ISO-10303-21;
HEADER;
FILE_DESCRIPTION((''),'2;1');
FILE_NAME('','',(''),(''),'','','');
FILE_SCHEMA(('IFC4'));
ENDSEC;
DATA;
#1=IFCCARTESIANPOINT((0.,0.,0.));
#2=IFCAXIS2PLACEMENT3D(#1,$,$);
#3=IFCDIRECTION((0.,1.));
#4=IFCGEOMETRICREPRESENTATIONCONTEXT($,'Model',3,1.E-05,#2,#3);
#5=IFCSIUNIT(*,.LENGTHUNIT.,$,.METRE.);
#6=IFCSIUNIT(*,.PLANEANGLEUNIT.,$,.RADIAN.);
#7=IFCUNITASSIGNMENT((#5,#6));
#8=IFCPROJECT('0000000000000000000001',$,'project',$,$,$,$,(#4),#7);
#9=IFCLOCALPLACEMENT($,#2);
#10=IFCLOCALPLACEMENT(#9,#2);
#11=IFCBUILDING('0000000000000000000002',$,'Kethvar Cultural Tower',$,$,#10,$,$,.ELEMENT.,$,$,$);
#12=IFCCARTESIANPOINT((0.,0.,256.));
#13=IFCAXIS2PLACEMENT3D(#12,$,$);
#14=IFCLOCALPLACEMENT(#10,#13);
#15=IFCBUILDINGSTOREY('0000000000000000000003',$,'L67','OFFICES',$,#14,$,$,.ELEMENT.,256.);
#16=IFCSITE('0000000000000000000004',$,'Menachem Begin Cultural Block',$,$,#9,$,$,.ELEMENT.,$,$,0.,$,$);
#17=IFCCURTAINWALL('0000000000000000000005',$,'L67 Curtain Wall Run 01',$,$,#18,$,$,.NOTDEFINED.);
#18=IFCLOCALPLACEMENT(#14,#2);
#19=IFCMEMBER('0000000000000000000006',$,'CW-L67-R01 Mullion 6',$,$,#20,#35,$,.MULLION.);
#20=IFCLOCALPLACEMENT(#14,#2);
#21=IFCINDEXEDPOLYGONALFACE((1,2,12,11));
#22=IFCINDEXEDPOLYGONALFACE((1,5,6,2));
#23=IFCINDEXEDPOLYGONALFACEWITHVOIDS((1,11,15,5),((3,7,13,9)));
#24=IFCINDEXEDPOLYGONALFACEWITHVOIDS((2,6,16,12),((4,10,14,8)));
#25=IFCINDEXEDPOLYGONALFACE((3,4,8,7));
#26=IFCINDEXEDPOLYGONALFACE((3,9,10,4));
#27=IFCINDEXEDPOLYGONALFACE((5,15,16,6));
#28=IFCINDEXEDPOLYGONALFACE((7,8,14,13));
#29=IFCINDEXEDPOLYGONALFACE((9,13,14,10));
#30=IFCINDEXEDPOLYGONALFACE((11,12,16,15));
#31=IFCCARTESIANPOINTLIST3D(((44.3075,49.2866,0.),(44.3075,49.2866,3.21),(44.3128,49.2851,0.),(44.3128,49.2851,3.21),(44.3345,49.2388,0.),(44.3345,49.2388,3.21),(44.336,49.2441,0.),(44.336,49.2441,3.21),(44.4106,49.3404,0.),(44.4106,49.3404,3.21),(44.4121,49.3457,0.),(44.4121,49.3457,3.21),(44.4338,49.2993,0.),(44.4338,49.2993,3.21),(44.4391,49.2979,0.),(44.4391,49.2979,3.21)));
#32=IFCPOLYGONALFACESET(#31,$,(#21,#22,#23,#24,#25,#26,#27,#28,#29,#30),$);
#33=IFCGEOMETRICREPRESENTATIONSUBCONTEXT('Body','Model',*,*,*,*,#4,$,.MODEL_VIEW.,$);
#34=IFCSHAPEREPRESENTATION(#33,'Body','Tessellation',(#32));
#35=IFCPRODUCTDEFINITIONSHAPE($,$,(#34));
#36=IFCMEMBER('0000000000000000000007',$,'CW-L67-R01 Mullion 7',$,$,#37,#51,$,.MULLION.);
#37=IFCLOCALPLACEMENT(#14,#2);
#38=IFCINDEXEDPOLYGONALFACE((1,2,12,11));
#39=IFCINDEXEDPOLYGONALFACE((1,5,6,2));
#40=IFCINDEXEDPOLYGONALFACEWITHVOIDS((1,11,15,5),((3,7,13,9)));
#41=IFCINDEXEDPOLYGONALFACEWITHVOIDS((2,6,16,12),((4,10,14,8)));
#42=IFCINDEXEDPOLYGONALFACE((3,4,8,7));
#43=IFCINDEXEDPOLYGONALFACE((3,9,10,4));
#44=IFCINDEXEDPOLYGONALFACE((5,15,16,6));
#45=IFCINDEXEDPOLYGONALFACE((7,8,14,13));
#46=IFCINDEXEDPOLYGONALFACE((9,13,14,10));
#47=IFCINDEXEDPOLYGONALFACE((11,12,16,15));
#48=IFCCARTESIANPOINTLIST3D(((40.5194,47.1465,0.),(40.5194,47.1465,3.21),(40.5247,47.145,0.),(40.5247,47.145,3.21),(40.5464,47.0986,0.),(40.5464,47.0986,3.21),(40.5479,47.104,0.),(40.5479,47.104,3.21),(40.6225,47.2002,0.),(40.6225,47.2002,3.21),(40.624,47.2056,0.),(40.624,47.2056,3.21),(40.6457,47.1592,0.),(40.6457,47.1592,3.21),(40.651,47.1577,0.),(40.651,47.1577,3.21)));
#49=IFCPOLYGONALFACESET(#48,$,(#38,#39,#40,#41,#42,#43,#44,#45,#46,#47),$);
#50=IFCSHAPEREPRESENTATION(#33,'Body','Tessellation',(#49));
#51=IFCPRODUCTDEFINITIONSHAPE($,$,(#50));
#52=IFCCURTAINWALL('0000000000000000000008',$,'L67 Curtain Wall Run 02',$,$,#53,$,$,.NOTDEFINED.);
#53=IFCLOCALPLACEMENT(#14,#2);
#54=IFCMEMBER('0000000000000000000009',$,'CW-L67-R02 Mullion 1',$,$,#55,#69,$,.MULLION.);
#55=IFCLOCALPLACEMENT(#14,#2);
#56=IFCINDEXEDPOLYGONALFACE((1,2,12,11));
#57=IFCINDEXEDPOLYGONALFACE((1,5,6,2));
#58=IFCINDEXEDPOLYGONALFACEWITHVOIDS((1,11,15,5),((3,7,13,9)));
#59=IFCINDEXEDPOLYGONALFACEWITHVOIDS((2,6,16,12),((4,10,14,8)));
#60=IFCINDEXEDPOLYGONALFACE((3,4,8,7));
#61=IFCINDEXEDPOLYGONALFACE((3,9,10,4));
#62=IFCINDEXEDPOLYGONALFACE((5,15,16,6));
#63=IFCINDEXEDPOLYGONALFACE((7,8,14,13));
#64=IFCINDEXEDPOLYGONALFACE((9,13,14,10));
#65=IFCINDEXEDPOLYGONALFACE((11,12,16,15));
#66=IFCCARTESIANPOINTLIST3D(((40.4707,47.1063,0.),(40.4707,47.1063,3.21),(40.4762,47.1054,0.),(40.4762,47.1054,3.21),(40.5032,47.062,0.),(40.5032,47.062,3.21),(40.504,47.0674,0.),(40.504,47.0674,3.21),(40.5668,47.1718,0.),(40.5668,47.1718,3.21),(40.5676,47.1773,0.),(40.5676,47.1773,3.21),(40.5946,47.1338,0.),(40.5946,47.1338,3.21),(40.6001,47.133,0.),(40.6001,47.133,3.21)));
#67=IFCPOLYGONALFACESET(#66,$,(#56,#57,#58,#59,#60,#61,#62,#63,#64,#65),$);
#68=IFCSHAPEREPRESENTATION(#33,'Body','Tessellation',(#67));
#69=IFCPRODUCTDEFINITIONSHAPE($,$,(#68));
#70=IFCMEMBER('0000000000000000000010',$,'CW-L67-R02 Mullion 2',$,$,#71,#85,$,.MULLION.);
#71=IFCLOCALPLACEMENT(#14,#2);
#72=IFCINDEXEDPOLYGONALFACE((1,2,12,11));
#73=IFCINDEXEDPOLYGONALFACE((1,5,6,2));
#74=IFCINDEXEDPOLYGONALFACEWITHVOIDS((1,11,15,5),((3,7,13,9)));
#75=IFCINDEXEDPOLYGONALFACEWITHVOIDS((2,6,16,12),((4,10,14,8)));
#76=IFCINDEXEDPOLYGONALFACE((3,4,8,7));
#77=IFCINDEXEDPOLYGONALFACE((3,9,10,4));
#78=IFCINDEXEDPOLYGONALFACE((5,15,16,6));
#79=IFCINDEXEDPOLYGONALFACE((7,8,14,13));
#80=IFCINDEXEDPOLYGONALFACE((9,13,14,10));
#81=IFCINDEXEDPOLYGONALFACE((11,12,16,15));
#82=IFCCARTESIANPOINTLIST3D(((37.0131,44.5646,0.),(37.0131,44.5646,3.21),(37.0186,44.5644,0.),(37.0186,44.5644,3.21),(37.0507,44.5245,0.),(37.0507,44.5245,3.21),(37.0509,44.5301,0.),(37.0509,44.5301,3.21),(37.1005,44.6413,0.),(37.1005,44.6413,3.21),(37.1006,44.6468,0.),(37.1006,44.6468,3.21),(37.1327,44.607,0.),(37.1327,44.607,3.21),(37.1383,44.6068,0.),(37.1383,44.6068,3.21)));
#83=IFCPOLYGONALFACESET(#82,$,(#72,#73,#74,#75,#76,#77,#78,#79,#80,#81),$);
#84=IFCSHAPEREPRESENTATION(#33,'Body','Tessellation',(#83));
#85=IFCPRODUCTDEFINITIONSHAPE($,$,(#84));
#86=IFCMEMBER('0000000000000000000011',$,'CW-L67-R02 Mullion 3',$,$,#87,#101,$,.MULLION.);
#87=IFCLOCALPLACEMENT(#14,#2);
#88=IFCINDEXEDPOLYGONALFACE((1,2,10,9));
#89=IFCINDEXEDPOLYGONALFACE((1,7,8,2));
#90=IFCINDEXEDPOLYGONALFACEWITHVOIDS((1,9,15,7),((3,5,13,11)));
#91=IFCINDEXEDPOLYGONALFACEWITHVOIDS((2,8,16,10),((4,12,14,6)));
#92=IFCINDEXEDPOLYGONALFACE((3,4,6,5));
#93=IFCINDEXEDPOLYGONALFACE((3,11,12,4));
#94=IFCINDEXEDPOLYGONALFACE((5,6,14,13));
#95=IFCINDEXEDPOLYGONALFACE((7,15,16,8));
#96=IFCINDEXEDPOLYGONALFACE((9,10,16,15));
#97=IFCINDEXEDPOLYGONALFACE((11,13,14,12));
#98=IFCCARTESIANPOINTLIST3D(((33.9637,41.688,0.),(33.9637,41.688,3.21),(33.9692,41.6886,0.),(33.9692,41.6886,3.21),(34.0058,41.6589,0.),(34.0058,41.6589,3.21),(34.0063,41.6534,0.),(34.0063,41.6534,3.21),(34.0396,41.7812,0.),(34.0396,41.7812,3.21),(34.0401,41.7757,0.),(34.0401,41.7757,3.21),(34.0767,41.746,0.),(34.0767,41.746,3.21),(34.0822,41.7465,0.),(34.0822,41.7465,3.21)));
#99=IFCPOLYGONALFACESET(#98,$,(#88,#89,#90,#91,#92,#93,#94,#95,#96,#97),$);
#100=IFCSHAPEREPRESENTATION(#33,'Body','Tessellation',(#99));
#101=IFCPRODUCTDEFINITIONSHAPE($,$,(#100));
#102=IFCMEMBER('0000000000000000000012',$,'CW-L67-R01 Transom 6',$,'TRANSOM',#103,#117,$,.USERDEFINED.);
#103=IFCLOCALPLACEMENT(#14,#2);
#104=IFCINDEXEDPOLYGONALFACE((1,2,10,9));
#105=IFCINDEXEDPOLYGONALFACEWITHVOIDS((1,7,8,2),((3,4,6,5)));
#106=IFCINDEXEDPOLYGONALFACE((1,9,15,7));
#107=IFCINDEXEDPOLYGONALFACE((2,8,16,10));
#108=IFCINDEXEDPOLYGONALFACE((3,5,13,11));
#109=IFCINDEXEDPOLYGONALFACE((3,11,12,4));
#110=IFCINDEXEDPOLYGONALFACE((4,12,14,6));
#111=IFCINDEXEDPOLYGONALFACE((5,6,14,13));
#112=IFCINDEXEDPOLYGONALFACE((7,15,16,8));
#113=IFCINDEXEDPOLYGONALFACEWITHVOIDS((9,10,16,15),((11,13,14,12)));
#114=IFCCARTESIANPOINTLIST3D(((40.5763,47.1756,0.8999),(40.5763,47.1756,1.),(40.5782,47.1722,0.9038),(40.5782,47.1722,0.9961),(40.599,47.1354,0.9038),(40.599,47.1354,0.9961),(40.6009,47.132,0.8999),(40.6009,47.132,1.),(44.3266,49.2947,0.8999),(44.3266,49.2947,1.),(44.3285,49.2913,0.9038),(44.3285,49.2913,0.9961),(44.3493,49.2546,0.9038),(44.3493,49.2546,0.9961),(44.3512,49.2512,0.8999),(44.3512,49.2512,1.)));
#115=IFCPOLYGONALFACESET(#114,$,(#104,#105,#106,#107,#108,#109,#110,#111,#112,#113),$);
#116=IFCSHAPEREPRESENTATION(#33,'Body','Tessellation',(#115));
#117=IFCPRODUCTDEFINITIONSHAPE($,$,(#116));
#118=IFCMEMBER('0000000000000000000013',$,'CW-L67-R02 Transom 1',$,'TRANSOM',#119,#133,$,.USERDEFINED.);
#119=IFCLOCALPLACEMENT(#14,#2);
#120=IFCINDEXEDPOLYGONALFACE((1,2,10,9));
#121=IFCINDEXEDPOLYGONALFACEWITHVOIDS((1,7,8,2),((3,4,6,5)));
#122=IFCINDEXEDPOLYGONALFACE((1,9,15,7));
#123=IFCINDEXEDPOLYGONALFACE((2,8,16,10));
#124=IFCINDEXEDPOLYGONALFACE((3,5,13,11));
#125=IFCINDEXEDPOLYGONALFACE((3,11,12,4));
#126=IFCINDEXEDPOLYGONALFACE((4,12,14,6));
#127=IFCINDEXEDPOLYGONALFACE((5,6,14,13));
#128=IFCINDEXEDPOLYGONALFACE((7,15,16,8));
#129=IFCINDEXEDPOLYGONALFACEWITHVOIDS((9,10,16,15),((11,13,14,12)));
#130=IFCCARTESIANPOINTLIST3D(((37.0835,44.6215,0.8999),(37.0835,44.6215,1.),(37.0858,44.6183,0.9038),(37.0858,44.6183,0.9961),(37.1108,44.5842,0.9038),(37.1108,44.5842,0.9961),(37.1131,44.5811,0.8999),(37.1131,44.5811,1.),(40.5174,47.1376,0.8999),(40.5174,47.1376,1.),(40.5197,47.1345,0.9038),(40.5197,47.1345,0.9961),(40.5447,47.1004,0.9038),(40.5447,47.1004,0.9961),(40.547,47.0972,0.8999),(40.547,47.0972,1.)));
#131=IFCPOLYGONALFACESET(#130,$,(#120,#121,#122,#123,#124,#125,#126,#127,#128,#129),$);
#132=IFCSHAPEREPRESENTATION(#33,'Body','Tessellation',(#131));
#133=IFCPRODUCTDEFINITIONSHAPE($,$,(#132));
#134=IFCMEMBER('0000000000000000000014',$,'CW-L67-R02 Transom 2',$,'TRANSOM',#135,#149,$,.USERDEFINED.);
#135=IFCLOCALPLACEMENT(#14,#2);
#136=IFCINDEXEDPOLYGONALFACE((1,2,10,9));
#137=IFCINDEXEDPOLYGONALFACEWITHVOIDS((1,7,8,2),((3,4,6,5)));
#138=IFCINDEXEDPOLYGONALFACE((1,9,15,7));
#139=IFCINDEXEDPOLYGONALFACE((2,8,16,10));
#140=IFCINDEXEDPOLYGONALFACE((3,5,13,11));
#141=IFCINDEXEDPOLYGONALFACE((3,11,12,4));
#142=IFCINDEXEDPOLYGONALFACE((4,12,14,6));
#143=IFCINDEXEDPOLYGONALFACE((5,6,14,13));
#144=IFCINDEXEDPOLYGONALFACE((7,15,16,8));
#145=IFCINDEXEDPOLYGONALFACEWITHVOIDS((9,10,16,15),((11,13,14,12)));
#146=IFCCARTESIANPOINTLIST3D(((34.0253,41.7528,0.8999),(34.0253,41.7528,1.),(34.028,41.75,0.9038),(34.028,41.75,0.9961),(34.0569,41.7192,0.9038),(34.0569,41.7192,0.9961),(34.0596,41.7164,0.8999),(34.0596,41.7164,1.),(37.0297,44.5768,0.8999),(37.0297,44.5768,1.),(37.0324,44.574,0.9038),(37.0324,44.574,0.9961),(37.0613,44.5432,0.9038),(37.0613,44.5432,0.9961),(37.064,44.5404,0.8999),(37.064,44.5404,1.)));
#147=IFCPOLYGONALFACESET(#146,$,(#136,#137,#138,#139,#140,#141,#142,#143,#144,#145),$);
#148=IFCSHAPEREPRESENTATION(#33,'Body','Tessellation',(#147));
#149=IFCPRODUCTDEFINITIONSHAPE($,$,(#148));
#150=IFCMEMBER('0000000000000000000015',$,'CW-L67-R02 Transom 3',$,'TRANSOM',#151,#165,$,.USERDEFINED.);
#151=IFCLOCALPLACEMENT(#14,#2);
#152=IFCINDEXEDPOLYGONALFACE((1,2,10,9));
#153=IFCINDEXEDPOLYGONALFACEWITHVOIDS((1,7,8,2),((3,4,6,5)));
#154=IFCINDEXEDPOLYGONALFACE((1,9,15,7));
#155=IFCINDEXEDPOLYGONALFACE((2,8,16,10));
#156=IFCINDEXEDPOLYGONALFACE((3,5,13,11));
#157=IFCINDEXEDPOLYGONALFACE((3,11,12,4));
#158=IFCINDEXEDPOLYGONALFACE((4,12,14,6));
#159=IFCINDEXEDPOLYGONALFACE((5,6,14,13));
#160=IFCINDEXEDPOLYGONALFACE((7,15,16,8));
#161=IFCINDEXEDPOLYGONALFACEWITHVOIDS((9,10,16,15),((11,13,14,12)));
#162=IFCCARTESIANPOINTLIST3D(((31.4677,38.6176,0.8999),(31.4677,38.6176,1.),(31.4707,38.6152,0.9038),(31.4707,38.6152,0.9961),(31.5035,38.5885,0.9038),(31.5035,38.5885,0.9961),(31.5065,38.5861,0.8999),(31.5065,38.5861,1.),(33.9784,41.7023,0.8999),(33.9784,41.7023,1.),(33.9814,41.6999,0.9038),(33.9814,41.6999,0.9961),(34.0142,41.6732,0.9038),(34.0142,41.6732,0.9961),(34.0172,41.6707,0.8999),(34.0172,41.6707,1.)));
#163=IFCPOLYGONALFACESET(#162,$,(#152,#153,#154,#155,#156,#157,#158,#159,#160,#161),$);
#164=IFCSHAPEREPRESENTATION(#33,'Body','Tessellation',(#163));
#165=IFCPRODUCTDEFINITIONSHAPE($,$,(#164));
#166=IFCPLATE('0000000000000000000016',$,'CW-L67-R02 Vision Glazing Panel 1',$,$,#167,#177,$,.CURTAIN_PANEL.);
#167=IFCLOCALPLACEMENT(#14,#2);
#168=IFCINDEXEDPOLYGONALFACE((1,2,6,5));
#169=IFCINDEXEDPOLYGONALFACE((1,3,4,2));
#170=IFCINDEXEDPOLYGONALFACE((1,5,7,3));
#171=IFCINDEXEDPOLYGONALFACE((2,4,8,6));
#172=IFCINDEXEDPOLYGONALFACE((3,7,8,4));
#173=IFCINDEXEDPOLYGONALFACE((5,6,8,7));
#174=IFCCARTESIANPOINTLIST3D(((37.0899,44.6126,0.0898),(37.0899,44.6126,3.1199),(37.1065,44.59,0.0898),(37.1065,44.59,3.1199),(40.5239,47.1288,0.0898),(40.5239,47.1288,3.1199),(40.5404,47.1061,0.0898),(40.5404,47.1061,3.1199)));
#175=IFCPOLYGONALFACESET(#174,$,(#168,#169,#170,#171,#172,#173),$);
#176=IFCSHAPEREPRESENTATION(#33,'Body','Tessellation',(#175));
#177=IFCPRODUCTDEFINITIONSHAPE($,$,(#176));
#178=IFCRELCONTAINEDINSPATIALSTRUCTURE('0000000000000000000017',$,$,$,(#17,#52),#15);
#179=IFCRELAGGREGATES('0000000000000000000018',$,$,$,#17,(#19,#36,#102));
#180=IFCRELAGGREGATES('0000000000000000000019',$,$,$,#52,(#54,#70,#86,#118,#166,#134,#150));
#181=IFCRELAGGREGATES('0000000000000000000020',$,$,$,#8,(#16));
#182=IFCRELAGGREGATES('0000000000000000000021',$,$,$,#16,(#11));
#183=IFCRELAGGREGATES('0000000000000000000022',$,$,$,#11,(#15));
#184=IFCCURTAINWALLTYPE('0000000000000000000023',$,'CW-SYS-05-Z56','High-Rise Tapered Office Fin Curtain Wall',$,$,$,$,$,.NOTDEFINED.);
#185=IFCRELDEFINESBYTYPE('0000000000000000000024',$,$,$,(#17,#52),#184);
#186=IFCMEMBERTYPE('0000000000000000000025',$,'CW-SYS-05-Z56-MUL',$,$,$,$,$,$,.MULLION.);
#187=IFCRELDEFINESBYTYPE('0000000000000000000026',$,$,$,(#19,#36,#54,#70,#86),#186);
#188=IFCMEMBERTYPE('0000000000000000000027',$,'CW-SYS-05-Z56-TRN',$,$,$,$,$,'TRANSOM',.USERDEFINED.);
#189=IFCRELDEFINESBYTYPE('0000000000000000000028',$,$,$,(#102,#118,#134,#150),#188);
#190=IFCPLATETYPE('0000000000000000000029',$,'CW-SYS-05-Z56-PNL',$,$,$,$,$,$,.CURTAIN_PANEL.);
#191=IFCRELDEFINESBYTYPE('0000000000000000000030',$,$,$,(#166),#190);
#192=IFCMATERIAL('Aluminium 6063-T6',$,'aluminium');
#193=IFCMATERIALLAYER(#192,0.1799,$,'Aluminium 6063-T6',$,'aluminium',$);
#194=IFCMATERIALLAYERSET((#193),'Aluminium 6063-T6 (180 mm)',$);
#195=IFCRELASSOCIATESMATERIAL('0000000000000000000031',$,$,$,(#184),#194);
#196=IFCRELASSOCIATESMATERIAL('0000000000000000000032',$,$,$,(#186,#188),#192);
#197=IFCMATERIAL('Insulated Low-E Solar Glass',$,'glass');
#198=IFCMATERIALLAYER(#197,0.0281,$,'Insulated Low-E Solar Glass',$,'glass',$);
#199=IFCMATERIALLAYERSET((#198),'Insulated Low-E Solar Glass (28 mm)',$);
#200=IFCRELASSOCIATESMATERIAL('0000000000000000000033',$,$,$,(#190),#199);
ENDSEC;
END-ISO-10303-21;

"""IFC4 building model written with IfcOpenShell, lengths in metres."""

from ifc_helpers import new_model, si_unit, direction, frame, origin, origin_2d, place, context, subcontext, project, spatial, rectangle, hollow_rectangle, extrude, source, transform, mapped, material, layer, layer_set, material_profile, profile_set, type_object, element, aggregate, save


model = new_model("IFC4")

# Units and contexts
model_context = context("Model", 3, precision=1e-05, world=origin(), true_north=direction((0.0, 1.0)))
body_context = subcontext(model_context, "Body", "Model", "MODEL_VIEW")
ifc_project = project(units=[si_unit("LENGTHUNIT", "METRE"), si_unit("PLANEANGLEUNIT", "RADIAN")], contexts=[model_context])

# Site, building, storey
site_placement = place(None, origin())
site = spatial("IfcSite", under=ifc_project, at=site_placement, Name="Menachem Begin Cultural Block", CompositionType="ELEMENT", RefElevation=0.0)
building_placement = place(site_placement, origin())
building = spatial("IfcBuilding", under=site, at=building_placement, Name="Kethvar Cultural Tower", CompositionType="ELEMENT")
storey_placement = place(building_placement, frame((0.0, 0.0, 256.0)))
storey = spatial("IfcBuildingStorey", under=building, at=storey_placement, Name="L67", Description="OFFICES", CompositionType="ELEMENT", Elevation=256.0)

# Curtain walls, members
ifc_material_1 = material(Name="Aluminium 6063-T6", Category="aluminium")
ifc_layer_1 = layer(ifc_material_1, 0.1799, Name="Aluminium 6063-T6", Category="aluminium")
ifc_layer_set_1 = layer_set([ifc_layer_1], Name="Aluminium 6063-T6 (180 mm)")
curtain_wall_type = type_object("IfcCurtainWallType", Name="CW-SYS-05-Z56", Description="High-Rise Tapered Office Fin Curtain Wall", PredefinedType="NOTDEFINED", material=ifc_layer_set_1)
curtain_wall_1_placement = place(storey_placement, origin())
curtain_wall_1 = element("IfcCurtainWall", 1, at=curtain_wall_1_placement, inside=storey, type_object=curtain_wall_type, Name="L67 Curtain Wall Run 01", PredefinedType="NOTDEFINED")
ifc_material_profile_1 = material_profile(ifc_material_1, hollow_rectangle(XDim=0.0549, YDim=0.1201, WallThickness=0.0039, at=origin_2d()), Name="Aluminium 6063-T6 — RHS120x55x4")
ifc_profile_set_1 = profile_set([ifc_material_profile_1], Name="Aluminium 6063-T6 — RHS120x55x4")
member_type_1 = type_object("IfcMemberType", Name="CW-SYS-05-Z56-MUL", PredefinedType="MULLION", material=ifc_profile_set_1)
shared_shape_1 = source(origin(), body_context, "Body", "SweptSolid", [
    extrude(hollow_rectangle(XDim=0.0549, YDim=0.1201, WallThickness=0.0039, at=origin_2d()), origin(), (0.0, 0.0, 1.0), 3.21),
])
member_1_placement = place(storey_placement, frame((44.3733, 49.2922, 0.0), z_axis=(0.0, 0.0, 1.0), x_axis=(0.491922, -0.870639, 0.0)))
member_1 = element("IfcMember", 2, at=member_1_placement, type_object=member_type_1, Name="CW-L67-R01 Mullion 6", PredefinedType="MULLION", context=body_context, shape_type="MappedRepresentation", body=[
    mapped(shared_shape_1, transform((0.0, 0.0, 0.0), scale=1.0)),
])
member_2_placement = place(storey_placement, frame((40.5852, 47.1521, 0.0), z_axis=(0.0, 0.0, 1.0), x_axis=(0.491922, -0.870639, 0.0)))
member_2 = element("IfcMember", 3, at=member_2_placement, type_object=member_type_1, Name="CW-L67-R01 Mullion 7", PredefinedType="MULLION", context=body_context, shape_type="MappedRepresentation", body=[
    mapped(shared_shape_1, transform((0.0, 0.0, 0.0), scale=1.0)),
])
curtain_wall_2_placement = place(storey_placement, origin())
curtain_wall_2 = element("IfcCurtainWall", 4, at=curtain_wall_2_placement, inside=storey, type_object=curtain_wall_type, Name="L67 Curtain Wall Run 02", PredefinedType="NOTDEFINED")
member_3_placement = place(storey_placement, frame((40.5354, 47.1196, 0.0), z_axis=(0.0, 0.0, 1.0), x_axis=(0.591042, -0.806641, 0.0)))
member_3 = element("IfcMember", 5, at=member_3_placement, type_object=member_type_1, Name="CW-L67-R02 Mullion 1", PredefinedType="MULLION", context=body_context, shape_type="MappedRepresentation", body=[
    mapped(shared_shape_1, transform((0.0, 0.0, 0.0), scale=1.0)),
])
member_4_placement = place(storey_placement, frame((37.0757, 44.5857, 0.0), z_axis=(0.0, 0.0, 1.0), x_axis=(0.684929, -0.72861, 0.0)))
member_4 = element("IfcMember", 6, at=member_4_placement, type_object=member_type_1, Name="CW-L67-R02 Mullion 2", PredefinedType="MULLION", context=body_context, shape_type="MappedRepresentation", body=[
    mapped(shared_shape_1, transform((0.0, 0.0, 0.0), scale=1.0)),
])
member_5_placement = place(storey_placement, frame((34.0229, 41.7173, 0.0), z_axis=(0.0, 0.0, 1.0), x_axis=(0.77554, -0.631299, 0.0)))
member_5 = element("IfcMember", 7, at=member_5_placement, type_object=member_type_1, Name="CW-L67-R02 Mullion 3", PredefinedType="MULLION", context=body_context, shape_type="MappedRepresentation", body=[
    mapped(shared_shape_1, transform((0.0, 0.0, 0.0), scale=1.0)),
])

# Members
ifc_material_profile_2 = material_profile(ifc_material_1, hollow_rectangle(XDim=0.05, YDim=0.1001, WallThickness=0.0039, at=origin_2d()), Name="Aluminium 6063-T6 — RHS100x50x4")
ifc_profile_set_2 = profile_set([ifc_material_profile_2], Name="Aluminium 6063-T6 — RHS100x50x4")
member_type_2 = type_object("IfcMemberType", Name="CW-SYS-05-Z56-TRN", ElementType="TRANSOM", PredefinedType="USERDEFINED", material=ifc_profile_set_2)
shared_shape_2 = source(origin(), body_context, "Body", "SweptSolid", [
    extrude(hollow_rectangle(XDim=0.05, YDim=0.1001, WallThickness=0.0039, at=origin_2d()), origin(), (0.0, 0.0, 1.0), 4.3076),
])
member_6_placement = place(storey_placement, frame((44.3389, 49.2729, 0.95), z_axis=(-0.870619, -0.491958, 0.0), x_axis=(0.491958, -0.870619, 0.0)))
member_6 = element("IfcMember", 8, at=member_6_placement, type_object=member_type_2, Name="CW-L67-R01 Transom 6", ObjectType="TRANSOM", PredefinedType="USERDEFINED", context=body_context, shape_type="MappedRepresentation", body=[
    mapped(shared_shape_2, transform((0.0, 0.0, 0.0), scale=1.0)),
])
shared_shape_3 = source(origin(), body_context, "Body", "SweptSolid", [
    extrude(hollow_rectangle(XDim=0.05, YDim=0.1001, WallThickness=0.0039, at=origin_2d()), origin(), (0.0, 0.0, 1.0), 4.2571),
])
member_7_placement = place(storey_placement, frame((40.5322, 47.1174, 0.95), z_axis=(-0.806633, -0.591053, 0.0), x_axis=(0.591053, -0.806633, 0.0)))
member_7 = element("IfcMember", 9, at=member_7_placement, type_object=member_type_2, Name="CW-L67-R02 Transom 1", ObjectType="TRANSOM", PredefinedType="USERDEFINED", context=body_context, shape_type="MappedRepresentation", body=[
    mapped(shared_shape_3, transform((0.0, 0.0, 0.0), scale=1.0)),
])
shared_shape_4 = source(origin(), body_context, "Body", "SweptSolid", [
    extrude(hollow_rectangle(XDim=0.05, YDim=0.1001, WallThickness=0.0039, at=origin_2d()), origin(), (0.0, 0.0, 1.0), 4.1233),
])
member_8_placement = place(storey_placement, frame((37.0469, 44.5586, 0.95), z_axis=(-0.728647, -0.68489, 0.0), x_axis=(0.68489, -0.728647, 0.0)))
member_8 = element("IfcMember", 10, at=member_8_placement, type_object=member_type_2, Name="CW-L67-R02 Transom 2", ObjectType="TRANSOM", PredefinedType="USERDEFINED", context=body_context, shape_type="MappedRepresentation", body=[
    mapped(shared_shape_4, transform((0.0, 0.0, 0.0), scale=1.0)),
])
shared_shape_5 = source(origin(), body_context, "Body", "SweptSolid", [
    extrude(hollow_rectangle(XDim=0.05, YDim=0.1001, WallThickness=0.0039, at=origin_2d()), origin(), (0.0, 0.0, 1.0), 3.9773),
])
member_9_placement = place(storey_placement, frame((33.9978, 41.6865, 0.95), z_axis=(-0.63126, -0.775571, 0.0), x_axis=(0.775571, -0.63126, 0.0)))
member_9 = element("IfcMember", 11, at=member_9_placement, type_object=member_type_2, Name="CW-L67-R02 Transom 3", ObjectType="TRANSOM", PredefinedType="USERDEFINED", context=body_context, shape_type="MappedRepresentation", body=[
    mapped(shared_shape_5, transform((0.0, 0.0, 0.0), scale=1.0)),
])

# Plate
ifc_material_2 = material(Name="Insulated Low-E Solar Glass", Category="glass")
ifc_layer_2 = layer(ifc_material_2, 0.0281, Name="Insulated Low-E Solar Glass", Category="glass")
ifc_layer_set_2 = layer_set([ifc_layer_2], Name="Insulated Low-E Solar Glass (28 mm)")
plate_type = type_object("IfcPlateType", Name="CW-SYS-05-Z56-PNL", PredefinedType="CURTAIN_PANEL", material=ifc_layer_set_2)
shared_shape_6 = source(origin(), body_context, "Body", "SweptSolid", [
    extrude(rectangle(XDim=4.2571, YDim=0.0281, at=origin_2d()), origin(), (0.0, 0.0, 1.0), 3.03),
])
plate_1_placement = place(storey_placement, frame((38.8152, 45.8594, 0.0898), z_axis=(0.0, 0.0, 1.0), x_axis=(-0.806641, -0.591042, 0.0)))
plate_1 = element("IfcPlate", 12, at=plate_1_placement, type_object=plate_type, Name="CW-L67-R02 Vision Glazing Panel 1", PredefinedType="CURTAIN_PANEL", context=body_context, shape_type="MappedRepresentation", body=[
    mapped(shared_shape_6, transform((0.0, 0.0, 0.0), scale=1.0)),
])
aggregate(curtain_wall_1, [member_1, member_2, member_6])
aggregate(curtain_wall_2, [member_3, member_4, member_5, member_7, plate_1, member_8, member_9])

save(model, "model.ifc")
